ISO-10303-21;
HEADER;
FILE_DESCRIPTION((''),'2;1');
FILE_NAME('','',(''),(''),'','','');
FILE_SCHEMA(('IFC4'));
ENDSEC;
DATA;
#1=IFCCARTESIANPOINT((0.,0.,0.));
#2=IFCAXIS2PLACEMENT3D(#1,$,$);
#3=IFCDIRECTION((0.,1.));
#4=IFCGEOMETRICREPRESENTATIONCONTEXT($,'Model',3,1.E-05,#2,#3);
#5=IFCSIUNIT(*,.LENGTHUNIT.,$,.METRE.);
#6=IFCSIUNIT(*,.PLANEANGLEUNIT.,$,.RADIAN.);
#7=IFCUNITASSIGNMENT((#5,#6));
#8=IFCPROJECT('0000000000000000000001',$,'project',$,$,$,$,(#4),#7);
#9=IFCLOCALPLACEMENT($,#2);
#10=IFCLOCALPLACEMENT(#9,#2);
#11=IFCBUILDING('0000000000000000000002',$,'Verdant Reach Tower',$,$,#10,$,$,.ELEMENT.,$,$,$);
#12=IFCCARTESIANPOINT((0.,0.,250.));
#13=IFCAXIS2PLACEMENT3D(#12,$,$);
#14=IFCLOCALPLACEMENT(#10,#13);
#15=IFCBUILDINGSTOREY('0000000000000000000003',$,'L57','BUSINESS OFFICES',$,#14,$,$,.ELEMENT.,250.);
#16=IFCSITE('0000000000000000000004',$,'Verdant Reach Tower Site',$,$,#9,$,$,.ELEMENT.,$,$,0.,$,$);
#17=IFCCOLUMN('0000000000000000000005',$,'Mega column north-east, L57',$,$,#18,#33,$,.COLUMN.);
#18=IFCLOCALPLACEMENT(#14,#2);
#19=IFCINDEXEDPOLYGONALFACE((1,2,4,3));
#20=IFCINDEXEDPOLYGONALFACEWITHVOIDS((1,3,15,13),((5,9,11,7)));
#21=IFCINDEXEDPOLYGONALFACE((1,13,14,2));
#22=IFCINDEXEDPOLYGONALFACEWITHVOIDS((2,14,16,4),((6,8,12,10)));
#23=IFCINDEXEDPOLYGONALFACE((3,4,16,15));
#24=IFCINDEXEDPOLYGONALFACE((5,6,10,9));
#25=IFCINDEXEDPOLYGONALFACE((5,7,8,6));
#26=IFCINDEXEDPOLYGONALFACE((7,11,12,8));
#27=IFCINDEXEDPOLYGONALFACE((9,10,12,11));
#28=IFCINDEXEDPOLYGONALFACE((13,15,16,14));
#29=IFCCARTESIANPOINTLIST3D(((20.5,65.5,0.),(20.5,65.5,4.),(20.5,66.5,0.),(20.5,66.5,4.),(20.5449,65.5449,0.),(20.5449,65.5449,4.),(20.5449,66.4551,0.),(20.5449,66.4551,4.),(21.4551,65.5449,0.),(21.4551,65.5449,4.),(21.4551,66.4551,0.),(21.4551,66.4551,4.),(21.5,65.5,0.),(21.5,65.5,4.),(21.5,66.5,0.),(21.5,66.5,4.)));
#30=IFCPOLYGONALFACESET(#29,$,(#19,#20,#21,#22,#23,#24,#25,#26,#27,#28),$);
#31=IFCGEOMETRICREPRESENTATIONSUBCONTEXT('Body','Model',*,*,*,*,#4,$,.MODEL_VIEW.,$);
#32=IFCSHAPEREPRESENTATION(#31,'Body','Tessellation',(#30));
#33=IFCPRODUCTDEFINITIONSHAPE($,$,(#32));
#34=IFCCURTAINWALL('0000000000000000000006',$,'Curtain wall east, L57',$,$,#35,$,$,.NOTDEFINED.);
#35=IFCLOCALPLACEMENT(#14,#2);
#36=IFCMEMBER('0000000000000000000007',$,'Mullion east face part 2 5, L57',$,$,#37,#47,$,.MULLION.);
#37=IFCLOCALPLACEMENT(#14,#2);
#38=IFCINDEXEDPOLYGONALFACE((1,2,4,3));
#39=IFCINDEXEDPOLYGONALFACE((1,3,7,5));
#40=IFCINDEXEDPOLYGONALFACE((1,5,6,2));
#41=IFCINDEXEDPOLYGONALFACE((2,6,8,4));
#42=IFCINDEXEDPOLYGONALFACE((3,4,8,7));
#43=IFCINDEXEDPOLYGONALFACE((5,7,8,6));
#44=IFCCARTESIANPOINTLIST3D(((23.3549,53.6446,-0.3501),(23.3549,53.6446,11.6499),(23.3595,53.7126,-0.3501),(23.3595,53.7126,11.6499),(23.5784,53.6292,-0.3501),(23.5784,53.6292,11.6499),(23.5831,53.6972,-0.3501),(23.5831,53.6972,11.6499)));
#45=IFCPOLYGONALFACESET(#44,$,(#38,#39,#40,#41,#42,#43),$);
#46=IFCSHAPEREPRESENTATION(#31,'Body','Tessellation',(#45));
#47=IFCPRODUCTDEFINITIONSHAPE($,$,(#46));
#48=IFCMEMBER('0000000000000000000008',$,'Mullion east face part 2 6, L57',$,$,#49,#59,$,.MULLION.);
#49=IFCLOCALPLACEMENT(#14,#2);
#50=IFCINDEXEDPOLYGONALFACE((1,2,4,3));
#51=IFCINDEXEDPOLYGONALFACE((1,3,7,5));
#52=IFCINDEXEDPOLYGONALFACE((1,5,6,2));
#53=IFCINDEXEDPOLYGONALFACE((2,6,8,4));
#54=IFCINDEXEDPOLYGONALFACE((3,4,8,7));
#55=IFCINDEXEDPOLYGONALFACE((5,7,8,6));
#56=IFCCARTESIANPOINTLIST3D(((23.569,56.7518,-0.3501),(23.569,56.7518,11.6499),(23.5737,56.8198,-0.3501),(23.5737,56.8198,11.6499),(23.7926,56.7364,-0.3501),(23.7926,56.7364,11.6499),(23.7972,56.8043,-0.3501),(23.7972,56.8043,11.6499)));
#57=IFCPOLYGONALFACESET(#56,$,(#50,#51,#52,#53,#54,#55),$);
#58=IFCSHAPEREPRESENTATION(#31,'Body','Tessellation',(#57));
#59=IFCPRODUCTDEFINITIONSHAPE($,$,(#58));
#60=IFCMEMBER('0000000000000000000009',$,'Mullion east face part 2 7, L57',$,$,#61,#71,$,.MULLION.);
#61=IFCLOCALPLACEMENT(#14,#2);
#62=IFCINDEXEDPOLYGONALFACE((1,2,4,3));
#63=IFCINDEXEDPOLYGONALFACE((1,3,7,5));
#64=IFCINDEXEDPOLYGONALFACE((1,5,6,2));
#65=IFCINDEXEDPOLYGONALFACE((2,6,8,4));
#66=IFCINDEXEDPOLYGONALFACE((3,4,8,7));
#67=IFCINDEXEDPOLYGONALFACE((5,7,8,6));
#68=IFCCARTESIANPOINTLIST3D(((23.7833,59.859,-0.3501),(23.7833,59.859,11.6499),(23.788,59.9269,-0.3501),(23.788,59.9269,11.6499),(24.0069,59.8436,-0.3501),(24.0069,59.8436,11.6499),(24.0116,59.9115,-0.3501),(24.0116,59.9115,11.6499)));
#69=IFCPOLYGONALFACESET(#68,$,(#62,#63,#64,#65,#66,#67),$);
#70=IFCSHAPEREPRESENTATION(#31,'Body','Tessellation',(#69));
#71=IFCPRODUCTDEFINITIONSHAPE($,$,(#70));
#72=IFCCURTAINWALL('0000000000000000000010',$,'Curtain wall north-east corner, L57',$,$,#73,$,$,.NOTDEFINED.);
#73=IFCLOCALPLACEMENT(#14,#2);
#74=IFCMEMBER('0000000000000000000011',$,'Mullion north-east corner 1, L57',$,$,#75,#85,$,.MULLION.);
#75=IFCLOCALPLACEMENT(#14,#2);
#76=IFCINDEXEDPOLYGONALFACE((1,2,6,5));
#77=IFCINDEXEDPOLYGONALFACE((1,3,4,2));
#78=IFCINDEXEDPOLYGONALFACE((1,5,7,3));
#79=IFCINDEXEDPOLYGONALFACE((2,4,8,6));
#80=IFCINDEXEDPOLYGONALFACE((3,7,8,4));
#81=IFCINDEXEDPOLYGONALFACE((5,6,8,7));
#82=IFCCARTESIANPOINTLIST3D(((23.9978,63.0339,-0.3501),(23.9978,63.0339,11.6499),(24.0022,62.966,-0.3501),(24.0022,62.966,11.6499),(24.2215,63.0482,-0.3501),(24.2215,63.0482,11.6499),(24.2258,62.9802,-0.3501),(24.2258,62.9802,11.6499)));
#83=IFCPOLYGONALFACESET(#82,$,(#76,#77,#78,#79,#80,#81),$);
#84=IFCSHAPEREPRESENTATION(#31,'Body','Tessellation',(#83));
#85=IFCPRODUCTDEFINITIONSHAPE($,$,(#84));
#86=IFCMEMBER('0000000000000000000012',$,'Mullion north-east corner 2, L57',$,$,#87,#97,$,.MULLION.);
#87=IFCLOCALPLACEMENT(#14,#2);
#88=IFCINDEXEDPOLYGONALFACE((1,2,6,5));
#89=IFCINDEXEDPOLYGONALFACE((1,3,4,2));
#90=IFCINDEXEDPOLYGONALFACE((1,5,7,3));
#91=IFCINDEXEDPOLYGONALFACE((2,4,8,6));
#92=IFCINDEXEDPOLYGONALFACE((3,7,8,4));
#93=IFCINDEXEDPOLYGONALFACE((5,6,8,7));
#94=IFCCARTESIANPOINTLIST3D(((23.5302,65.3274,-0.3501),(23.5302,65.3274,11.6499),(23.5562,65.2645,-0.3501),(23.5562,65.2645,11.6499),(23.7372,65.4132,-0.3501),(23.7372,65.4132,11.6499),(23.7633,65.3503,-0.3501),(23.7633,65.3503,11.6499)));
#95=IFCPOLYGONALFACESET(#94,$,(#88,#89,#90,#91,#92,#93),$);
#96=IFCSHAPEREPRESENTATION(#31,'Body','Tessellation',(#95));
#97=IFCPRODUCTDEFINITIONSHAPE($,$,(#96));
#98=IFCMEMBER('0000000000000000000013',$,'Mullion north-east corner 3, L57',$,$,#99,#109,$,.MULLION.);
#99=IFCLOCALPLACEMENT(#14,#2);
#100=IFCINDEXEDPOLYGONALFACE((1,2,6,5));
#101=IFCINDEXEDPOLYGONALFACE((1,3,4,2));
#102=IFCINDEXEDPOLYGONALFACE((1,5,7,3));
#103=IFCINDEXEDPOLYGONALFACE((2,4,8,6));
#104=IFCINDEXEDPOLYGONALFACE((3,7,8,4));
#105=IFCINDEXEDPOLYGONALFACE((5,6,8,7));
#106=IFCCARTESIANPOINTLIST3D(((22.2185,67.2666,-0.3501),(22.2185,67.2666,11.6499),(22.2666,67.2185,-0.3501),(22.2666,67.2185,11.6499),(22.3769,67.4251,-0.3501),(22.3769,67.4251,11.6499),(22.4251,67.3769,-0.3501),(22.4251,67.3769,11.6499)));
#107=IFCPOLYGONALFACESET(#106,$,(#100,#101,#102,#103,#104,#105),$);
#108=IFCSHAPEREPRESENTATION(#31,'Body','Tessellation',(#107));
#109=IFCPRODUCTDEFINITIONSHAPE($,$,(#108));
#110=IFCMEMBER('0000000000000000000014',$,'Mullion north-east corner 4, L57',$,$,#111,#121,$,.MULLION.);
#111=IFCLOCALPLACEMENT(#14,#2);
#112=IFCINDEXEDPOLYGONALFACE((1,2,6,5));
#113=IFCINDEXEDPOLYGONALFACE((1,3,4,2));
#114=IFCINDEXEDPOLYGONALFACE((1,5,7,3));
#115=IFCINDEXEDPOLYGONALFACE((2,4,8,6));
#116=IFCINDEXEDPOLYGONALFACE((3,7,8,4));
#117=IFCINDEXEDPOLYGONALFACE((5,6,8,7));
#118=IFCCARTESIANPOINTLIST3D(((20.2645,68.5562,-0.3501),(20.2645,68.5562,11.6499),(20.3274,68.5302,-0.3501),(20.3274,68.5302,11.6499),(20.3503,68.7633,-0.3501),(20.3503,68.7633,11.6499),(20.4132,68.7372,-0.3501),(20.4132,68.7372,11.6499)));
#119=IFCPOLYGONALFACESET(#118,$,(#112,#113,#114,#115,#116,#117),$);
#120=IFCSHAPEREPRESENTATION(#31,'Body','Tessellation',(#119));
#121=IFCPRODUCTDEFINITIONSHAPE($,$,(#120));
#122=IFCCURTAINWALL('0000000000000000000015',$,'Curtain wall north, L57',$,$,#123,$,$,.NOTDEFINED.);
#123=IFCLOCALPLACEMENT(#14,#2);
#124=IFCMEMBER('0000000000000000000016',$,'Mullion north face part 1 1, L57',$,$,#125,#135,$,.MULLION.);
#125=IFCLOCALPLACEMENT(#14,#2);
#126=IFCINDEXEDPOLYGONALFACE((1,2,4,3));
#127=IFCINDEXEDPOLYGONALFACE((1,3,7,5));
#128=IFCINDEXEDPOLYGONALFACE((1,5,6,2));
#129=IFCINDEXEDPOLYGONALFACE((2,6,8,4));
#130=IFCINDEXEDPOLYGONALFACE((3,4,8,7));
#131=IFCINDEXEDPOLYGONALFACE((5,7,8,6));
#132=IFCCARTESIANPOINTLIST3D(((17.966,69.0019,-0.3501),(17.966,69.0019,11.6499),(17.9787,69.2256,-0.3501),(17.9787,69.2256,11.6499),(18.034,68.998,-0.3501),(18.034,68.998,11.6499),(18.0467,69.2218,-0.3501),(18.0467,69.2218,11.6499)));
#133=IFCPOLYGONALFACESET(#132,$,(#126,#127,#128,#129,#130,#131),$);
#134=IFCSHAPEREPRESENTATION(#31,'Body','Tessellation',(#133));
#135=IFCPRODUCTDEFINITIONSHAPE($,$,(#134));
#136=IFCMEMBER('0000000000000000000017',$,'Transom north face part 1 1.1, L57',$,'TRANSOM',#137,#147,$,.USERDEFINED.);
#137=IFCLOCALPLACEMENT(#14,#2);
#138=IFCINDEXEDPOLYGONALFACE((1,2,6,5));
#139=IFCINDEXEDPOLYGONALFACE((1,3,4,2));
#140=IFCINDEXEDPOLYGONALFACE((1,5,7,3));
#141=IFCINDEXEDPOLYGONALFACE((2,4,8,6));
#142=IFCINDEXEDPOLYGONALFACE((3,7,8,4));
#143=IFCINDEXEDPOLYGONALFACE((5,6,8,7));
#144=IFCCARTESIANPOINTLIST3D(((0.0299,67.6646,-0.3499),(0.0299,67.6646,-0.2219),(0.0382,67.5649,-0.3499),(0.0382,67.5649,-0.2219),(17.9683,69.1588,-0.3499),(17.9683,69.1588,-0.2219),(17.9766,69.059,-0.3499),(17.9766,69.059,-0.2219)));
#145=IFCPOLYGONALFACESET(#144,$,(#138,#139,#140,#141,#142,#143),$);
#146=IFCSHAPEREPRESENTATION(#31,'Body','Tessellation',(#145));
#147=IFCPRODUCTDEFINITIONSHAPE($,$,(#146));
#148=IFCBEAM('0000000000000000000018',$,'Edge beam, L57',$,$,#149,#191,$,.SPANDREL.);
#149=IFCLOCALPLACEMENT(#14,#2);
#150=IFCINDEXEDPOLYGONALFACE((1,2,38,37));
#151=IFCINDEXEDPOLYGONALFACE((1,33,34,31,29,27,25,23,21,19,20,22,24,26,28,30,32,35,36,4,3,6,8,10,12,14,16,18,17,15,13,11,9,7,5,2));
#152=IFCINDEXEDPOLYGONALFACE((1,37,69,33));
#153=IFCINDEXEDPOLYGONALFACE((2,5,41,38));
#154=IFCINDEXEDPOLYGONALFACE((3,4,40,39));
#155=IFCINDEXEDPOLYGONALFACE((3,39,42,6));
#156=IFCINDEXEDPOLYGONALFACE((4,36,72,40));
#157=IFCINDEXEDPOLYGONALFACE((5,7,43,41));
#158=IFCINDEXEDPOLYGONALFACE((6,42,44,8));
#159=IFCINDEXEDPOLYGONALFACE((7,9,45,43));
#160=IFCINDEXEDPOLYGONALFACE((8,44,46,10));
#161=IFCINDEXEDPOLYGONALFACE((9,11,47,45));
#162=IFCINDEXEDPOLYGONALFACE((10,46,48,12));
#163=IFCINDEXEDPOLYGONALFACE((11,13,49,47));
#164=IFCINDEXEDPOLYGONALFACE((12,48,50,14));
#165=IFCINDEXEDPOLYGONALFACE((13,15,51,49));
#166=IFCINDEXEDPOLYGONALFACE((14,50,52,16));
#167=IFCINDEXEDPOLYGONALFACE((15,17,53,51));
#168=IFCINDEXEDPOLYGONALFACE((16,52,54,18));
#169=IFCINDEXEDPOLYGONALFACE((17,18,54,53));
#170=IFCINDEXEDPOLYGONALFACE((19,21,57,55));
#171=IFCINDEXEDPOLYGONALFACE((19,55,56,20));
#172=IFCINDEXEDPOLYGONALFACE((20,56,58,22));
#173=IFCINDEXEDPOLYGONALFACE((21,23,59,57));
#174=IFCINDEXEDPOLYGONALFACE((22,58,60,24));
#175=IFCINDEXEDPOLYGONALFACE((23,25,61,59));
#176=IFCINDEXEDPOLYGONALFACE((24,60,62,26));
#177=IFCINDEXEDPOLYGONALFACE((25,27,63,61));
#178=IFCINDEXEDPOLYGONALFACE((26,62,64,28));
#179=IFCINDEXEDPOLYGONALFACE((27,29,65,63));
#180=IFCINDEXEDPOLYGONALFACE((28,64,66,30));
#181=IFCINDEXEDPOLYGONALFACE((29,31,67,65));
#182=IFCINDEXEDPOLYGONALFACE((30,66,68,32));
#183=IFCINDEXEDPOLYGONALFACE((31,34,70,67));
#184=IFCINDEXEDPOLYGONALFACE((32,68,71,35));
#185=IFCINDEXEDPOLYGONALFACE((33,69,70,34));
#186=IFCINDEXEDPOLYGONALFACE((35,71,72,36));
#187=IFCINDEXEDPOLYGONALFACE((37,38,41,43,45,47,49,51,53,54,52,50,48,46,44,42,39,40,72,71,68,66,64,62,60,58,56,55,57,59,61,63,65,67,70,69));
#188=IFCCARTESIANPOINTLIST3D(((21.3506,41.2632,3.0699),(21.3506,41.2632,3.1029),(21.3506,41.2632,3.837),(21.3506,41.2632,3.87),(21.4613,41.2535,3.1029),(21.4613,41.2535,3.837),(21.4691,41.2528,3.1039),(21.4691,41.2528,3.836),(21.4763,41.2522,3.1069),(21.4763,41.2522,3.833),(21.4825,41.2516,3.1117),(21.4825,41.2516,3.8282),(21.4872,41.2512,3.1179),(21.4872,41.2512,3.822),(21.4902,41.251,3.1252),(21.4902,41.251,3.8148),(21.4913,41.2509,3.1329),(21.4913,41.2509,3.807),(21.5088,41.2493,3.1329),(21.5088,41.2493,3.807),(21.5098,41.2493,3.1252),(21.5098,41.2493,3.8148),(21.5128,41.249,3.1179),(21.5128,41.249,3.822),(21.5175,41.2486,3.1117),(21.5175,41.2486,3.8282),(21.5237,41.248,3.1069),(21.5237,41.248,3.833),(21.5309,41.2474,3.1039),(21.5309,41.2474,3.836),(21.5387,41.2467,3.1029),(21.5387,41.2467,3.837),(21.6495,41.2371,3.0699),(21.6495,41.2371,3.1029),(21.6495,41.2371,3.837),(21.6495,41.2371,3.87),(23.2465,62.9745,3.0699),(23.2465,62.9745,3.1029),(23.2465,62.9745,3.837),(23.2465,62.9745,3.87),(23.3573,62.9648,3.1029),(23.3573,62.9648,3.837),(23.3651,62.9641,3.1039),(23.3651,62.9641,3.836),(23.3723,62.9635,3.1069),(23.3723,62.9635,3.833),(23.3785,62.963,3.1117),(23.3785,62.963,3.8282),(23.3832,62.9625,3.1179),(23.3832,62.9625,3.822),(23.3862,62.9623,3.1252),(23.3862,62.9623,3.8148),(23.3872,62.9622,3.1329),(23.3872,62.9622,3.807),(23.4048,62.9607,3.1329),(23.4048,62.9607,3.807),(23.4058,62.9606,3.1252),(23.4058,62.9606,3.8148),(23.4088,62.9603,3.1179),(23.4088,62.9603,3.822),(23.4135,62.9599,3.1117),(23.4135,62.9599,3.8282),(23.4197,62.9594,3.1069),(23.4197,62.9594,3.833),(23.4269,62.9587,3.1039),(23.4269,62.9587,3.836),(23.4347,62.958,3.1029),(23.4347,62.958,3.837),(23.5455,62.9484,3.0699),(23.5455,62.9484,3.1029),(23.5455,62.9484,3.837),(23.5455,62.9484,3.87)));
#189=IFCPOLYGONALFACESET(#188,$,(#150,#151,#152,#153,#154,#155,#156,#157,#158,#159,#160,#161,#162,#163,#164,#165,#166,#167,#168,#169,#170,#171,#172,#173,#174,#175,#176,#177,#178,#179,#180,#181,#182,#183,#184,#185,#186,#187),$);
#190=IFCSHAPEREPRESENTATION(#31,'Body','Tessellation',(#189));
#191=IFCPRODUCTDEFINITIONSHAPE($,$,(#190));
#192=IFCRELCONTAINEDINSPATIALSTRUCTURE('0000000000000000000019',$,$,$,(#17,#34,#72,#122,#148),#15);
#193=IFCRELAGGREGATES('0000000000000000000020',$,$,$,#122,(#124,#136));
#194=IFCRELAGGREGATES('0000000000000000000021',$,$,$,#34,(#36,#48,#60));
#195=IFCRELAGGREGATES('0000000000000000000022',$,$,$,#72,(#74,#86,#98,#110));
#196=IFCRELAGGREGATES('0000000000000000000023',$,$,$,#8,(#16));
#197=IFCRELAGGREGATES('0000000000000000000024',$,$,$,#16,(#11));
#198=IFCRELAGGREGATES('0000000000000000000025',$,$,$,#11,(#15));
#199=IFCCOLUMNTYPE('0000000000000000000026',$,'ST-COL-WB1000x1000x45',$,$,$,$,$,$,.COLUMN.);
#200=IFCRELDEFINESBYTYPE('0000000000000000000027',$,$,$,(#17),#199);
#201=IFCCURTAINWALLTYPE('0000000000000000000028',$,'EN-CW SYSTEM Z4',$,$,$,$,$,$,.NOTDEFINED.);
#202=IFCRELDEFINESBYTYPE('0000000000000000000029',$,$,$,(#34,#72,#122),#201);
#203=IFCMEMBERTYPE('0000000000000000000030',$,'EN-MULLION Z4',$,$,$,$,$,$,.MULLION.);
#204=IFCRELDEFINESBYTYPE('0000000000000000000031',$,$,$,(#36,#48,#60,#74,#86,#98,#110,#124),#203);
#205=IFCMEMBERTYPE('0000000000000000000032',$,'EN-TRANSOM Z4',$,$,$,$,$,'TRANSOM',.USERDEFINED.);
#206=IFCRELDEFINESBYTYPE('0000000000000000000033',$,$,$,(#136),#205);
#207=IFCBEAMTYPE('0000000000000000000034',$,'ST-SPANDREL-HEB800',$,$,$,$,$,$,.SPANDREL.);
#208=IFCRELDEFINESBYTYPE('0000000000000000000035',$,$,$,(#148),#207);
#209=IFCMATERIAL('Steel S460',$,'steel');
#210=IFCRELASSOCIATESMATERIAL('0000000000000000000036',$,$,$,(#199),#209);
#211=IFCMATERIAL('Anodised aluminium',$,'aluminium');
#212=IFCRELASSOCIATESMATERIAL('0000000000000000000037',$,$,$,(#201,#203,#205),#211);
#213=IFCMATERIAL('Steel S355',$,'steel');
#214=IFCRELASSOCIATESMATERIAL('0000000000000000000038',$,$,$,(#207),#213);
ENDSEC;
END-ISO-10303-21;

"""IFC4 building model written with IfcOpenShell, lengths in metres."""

from ifc_helpers import new_model, si_unit, direction, frame, origin, origin_2d, place, context, subcontext, project, spatial, rectangle, hollow_rectangle, i_section, extrude, material, material_profile, profile_set, type_object, element, aggregate, save


model = new_model("IFC4")

# Units and contexts
model_context = context("Model", 3, precision=1e-05, world=origin(), true_north=direction((0.0, 1.0)))
body_context = subcontext(model_context, "Body", "Model", "MODEL_VIEW")
ifc_project = project(units=[si_unit("LENGTHUNIT", "METRE"), si_unit("PLANEANGLEUNIT", "RADIAN")], contexts=[model_context])

# Site, building, storey
site_placement = place(None, origin())
site = spatial("IfcSite", under=ifc_project, at=site_placement, Name="Verdant Reach Tower Site", CompositionType="ELEMENT", RefElevation=0.0)
building_placement = place(site_placement, origin())
building = spatial("IfcBuilding", under=site, at=building_placement, Name="Verdant Reach Tower", CompositionType="ELEMENT")
storey_placement = place(building_placement, frame((0.0, 0.0, 250.0)))
storey = spatial("IfcBuildingStorey", under=building, at=storey_placement, Name="L57", Description="BUSINESS OFFICES", CompositionType="ELEMENT", Elevation=250.0)

# Column
ifc_material_1 = material(Name="Steel S460", Category="steel")
ifc_material_profile_1 = material_profile(ifc_material_1, hollow_rectangle(XDim=1.0, YDim=1.0, WallThickness=0.0449, at=origin_2d()), Name="WB 1000x1000x45")
ifc_profile_set_1 = profile_set([ifc_material_profile_1], Name="Steel S460")
column_type = type_object("IfcColumnType", Name="ST-COL-WB1000x1000x45", PredefinedType="COLUMN", material=ifc_profile_set_1)
column_placement = place(storey_placement, frame((21.0, 66.0, 0.0), z_axis=(0.0, 0.0, 1.0), x_axis=(1.0, 0.0, 0.0)))
element("IfcColumn", 1, at=column_placement, inside=storey, type_object=column_type, Name="Mega column north-east, L57", PredefinedType="COLUMN", context=body_context, shape_type="SweptSolid", body=[
    extrude(hollow_rectangle(XDim=1.0, YDim=1.0, WallThickness=0.0449, at=origin_2d()), origin(), (0.0, 0.0, 1.0), 4.0),
])

# Curtain walls, members
ifc_material_2 = material(Name="Anodised aluminium", Category="aluminium")
curtain_wall_type = type_object("IfcCurtainWallType", Name="EN-CW SYSTEM Z4", PredefinedType="NOTDEFINED", material=ifc_material_2)
curtain_wall_1_placement = place(storey_placement, origin())
curtain_wall_1 = element("IfcCurtainWall", 2, at=curtain_wall_1_placement, inside=storey, type_object=curtain_wall_type, Name="Curtain wall east, L57", PredefinedType="NOTDEFINED")
ifc_material_profile_2 = material_profile(ifc_material_2, rectangle(XDim=0.2241, YDim=0.0681, at=origin_2d()), Name="Mullion 68x224")
ifc_profile_set_2 = profile_set([ifc_material_profile_2], Name="Anodised aluminium")
member_type_1 = type_object("IfcMemberType", Name="EN-MULLION Z4", PredefinedType="MULLION", material=ifc_profile_set_2)
member_1_placement = place(storey_placement, frame((23.469, 53.6709, -0.3501), z_axis=(0.0, 0.0, 1.0), x_axis=(0.99763, -0.068802, 0.0)))
member_1 = element("IfcMember", 3, at=member_1_placement, type_object=member_type_1, Name="Mullion east face part 2 5, L57", PredefinedType="MULLION", context=body_context, shape_type="SweptSolid", body=[
    extrude(rectangle(XDim=0.2241, YDim=0.0681, at=origin_2d()), origin(), (0.0, 0.0, 1.0), 12.0),
])
member_2_placement = place(storey_placement, frame((23.6831, 56.7781, -0.3501), z_axis=(0.0, 0.0, 1.0), x_axis=(0.99763, -0.068802, 0.0)))
member_2 = element("IfcMember", 4, at=member_2_placement, type_object=member_type_1, Name="Mullion east face part 2 6, L57", PredefinedType="MULLION", context=body_context, shape_type="SweptSolid", body=[
    extrude(rectangle(XDim=0.2241, YDim=0.0681, at=origin_2d()), origin(), (0.0, 0.0, 1.0), 12.0),
])
member_3_placement = place(storey_placement, frame((23.8975, 59.8853, -0.3501), z_axis=(0.0, 0.0, 1.0), x_axis=(0.99763, -0.068802, 0.0)))
member_3 = element("IfcMember", 5, at=member_3_placement, type_object=member_type_1, Name="Mullion east face part 2 7, L57", PredefinedType="MULLION", context=body_context, shape_type="SweptSolid", body=[
    extrude(rectangle(XDim=0.2241, YDim=0.0681, at=origin_2d()), origin(), (0.0, 0.0, 1.0), 12.0),
])
curtain_wall_2_placement = place(storey_placement, origin())
curtain_wall_2 = element("IfcCurtainWall", 6, at=curtain_wall_2_placement, inside=storey, type_object=curtain_wall_type, Name="Curtain wall north-east corner, L57", PredefinedType="NOTDEFINED")
member_4_placement = place(storey_placement, frame((24.1118, 63.0071, -0.3501), z_axis=(0.0, 0.0, 1.0), x_axis=(0.997969, 0.063699, 0.0)))
member_4 = element("IfcMember", 7, at=member_4_placement, type_object=member_type_1, Name="Mullion north-east corner 1, L57", PredefinedType="MULLION", context=body_context, shape_type="SweptSolid", body=[
    extrude(rectangle(XDim=0.2241, YDim=0.0681, at=origin_2d()), origin(), (0.0, 0.0, 1.0), 12.0),
])
member_5_placement = place(storey_placement, frame((23.6467, 65.3389, -0.3501), z_axis=(0.0, 0.0, 1.0), x_axis=(0.923875, 0.382694, 0.0)))
member_5 = element("IfcMember", 8, at=member_5_placement, type_object=member_type_1, Name="Mullion north-east corner 2, L57", PredefinedType="MULLION", context=body_context, shape_type="SweptSolid", body=[
    extrude(rectangle(XDim=0.2241, YDim=0.0681, at=origin_2d()), origin(), (0.0, 0.0, 1.0), 12.0),
])
member_6_placement = place(storey_placement, frame((22.3218, 67.3218, -0.3501), z_axis=(0.0, 0.0, 1.0), x_axis=(0.707107, 0.707107, 0.0)))
member_6 = element("IfcMember", 9, at=member_6_placement, type_object=member_type_1, Name="Mullion north-east corner 3, L57", PredefinedType="MULLION", context=body_context, shape_type="SweptSolid", body=[
    extrude(rectangle(XDim=0.2241, YDim=0.0681, at=origin_2d()), origin(), (0.0, 0.0, 1.0), 12.0),
])
member_7_placement = place(storey_placement, frame((20.3389, 68.6467, -0.3501), z_axis=(0.0, 0.0, 1.0), x_axis=(0.382694, 0.923875, 0.0)))
member_7 = element("IfcMember", 10, at=member_7_placement, type_object=member_type_1, Name="Mullion north-east corner 4, L57", PredefinedType="MULLION", context=body_context, shape_type="SweptSolid", body=[
    extrude(rectangle(XDim=0.2241, YDim=0.0681, at=origin_2d()), origin(), (0.0, 0.0, 1.0), 12.0),
])
curtain_wall_3_placement = place(storey_placement, origin())
curtain_wall_3 = element("IfcCurtainWall", 11, at=curtain_wall_3_placement, inside=storey, type_object=curtain_wall_type, Name="Curtain wall north, L57", PredefinedType="NOTDEFINED")
member_8_placement = place(storey_placement, frame((18.0063, 69.1118, -0.3501), z_axis=(0.0, 0.0, 1.0), x_axis=(0.056569, 0.998399, 0.0)))
member_8 = element("IfcMember", 12, at=member_8_placement, type_object=member_type_1, Name="Mullion north face part 1 1, L57", PredefinedType="MULLION", context=body_context, shape_type="SweptSolid", body=[
    extrude(rectangle(XDim=0.2241, YDim=0.0681, at=origin_2d()), origin(), (0.0, 0.0, 1.0), 12.0),
])
ifc_material_profile_3 = material_profile(ifc_material_2, rectangle(XDim=0.1001, YDim=0.1279, at=origin_2d()), Name="Transom 128x100")
ifc_profile_set_3 = profile_set([ifc_material_profile_3], Name="Anodised aluminium")
member_type_2 = type_object("IfcMemberType", Name="EN-TRANSOM Z4", ElementType="TRANSOM", PredefinedType="USERDEFINED", material=ifc_profile_set_3)
member_9_placement = place(storey_placement, frame((17.9724, 69.1089, -0.2859), z_axis=(-0.996549, -0.083005, 0.0), x_axis=(0.083005, -0.996549, 0.0)))
member_9 = element("IfcMember", 13, at=member_9_placement, type_object=member_type_2, Name="Transom north face part 1 1.1, L57", ObjectType="TRANSOM", PredefinedType="USERDEFINED", context=body_context, shape_type="SweptSolid", body=[
    extrude(rectangle(XDim=0.1001, YDim=0.1279, at=origin_2d()), origin(), (0.0, 0.0, 1.0), 18.0005),
])

# Beam
ifc_material_3 = material(Name="Steel S355", Category="steel")
ifc_material_profile_4 = material_profile(ifc_material_3, i_section(OverallWidth=0.3, OverallDepth=0.8, WebThickness=0.0176, FlangeThickness=0.033, FilletRadius=0.03, at=origin_2d()), Name="HEB 800")
ifc_profile_set_4 = profile_set([ifc_material_profile_4], Name="Steel S355")
beam_type_1 = type_object("IfcBeamType", Name="ST-SPANDREL-HEB800", PredefinedType="SPANDREL", material=ifc_profile_set_4)
beam_1_placement = place(storey_placement, frame((23.396, 62.9614, 3.47), z_axis=(-0.086996, -0.996209, 0.0), x_axis=(0.996209, -0.086996, 0.0)))
element("IfcBeam", 14, at=beam_1_placement, inside=storey, type_object=beam_type_1, Name="Edge beam, L57", PredefinedType="SPANDREL", context=body_context, shape_type="SweptSolid", body=[
    extrude(i_section(OverallWidth=0.3, OverallDepth=0.8, WebThickness=0.0176, FlangeThickness=0.033, FilletRadius=0.03, at=origin_2d()), origin(), (0.0, 0.0, 1.0), 21.7939),
])

aggregate(curtain_wall_3, [member_8, member_9])
aggregate(curtain_wall_1, [member_1, member_2, member_3])
aggregate(curtain_wall_2, [member_4, member_5, member_6, member_7])

save(model, "model.ifc")
